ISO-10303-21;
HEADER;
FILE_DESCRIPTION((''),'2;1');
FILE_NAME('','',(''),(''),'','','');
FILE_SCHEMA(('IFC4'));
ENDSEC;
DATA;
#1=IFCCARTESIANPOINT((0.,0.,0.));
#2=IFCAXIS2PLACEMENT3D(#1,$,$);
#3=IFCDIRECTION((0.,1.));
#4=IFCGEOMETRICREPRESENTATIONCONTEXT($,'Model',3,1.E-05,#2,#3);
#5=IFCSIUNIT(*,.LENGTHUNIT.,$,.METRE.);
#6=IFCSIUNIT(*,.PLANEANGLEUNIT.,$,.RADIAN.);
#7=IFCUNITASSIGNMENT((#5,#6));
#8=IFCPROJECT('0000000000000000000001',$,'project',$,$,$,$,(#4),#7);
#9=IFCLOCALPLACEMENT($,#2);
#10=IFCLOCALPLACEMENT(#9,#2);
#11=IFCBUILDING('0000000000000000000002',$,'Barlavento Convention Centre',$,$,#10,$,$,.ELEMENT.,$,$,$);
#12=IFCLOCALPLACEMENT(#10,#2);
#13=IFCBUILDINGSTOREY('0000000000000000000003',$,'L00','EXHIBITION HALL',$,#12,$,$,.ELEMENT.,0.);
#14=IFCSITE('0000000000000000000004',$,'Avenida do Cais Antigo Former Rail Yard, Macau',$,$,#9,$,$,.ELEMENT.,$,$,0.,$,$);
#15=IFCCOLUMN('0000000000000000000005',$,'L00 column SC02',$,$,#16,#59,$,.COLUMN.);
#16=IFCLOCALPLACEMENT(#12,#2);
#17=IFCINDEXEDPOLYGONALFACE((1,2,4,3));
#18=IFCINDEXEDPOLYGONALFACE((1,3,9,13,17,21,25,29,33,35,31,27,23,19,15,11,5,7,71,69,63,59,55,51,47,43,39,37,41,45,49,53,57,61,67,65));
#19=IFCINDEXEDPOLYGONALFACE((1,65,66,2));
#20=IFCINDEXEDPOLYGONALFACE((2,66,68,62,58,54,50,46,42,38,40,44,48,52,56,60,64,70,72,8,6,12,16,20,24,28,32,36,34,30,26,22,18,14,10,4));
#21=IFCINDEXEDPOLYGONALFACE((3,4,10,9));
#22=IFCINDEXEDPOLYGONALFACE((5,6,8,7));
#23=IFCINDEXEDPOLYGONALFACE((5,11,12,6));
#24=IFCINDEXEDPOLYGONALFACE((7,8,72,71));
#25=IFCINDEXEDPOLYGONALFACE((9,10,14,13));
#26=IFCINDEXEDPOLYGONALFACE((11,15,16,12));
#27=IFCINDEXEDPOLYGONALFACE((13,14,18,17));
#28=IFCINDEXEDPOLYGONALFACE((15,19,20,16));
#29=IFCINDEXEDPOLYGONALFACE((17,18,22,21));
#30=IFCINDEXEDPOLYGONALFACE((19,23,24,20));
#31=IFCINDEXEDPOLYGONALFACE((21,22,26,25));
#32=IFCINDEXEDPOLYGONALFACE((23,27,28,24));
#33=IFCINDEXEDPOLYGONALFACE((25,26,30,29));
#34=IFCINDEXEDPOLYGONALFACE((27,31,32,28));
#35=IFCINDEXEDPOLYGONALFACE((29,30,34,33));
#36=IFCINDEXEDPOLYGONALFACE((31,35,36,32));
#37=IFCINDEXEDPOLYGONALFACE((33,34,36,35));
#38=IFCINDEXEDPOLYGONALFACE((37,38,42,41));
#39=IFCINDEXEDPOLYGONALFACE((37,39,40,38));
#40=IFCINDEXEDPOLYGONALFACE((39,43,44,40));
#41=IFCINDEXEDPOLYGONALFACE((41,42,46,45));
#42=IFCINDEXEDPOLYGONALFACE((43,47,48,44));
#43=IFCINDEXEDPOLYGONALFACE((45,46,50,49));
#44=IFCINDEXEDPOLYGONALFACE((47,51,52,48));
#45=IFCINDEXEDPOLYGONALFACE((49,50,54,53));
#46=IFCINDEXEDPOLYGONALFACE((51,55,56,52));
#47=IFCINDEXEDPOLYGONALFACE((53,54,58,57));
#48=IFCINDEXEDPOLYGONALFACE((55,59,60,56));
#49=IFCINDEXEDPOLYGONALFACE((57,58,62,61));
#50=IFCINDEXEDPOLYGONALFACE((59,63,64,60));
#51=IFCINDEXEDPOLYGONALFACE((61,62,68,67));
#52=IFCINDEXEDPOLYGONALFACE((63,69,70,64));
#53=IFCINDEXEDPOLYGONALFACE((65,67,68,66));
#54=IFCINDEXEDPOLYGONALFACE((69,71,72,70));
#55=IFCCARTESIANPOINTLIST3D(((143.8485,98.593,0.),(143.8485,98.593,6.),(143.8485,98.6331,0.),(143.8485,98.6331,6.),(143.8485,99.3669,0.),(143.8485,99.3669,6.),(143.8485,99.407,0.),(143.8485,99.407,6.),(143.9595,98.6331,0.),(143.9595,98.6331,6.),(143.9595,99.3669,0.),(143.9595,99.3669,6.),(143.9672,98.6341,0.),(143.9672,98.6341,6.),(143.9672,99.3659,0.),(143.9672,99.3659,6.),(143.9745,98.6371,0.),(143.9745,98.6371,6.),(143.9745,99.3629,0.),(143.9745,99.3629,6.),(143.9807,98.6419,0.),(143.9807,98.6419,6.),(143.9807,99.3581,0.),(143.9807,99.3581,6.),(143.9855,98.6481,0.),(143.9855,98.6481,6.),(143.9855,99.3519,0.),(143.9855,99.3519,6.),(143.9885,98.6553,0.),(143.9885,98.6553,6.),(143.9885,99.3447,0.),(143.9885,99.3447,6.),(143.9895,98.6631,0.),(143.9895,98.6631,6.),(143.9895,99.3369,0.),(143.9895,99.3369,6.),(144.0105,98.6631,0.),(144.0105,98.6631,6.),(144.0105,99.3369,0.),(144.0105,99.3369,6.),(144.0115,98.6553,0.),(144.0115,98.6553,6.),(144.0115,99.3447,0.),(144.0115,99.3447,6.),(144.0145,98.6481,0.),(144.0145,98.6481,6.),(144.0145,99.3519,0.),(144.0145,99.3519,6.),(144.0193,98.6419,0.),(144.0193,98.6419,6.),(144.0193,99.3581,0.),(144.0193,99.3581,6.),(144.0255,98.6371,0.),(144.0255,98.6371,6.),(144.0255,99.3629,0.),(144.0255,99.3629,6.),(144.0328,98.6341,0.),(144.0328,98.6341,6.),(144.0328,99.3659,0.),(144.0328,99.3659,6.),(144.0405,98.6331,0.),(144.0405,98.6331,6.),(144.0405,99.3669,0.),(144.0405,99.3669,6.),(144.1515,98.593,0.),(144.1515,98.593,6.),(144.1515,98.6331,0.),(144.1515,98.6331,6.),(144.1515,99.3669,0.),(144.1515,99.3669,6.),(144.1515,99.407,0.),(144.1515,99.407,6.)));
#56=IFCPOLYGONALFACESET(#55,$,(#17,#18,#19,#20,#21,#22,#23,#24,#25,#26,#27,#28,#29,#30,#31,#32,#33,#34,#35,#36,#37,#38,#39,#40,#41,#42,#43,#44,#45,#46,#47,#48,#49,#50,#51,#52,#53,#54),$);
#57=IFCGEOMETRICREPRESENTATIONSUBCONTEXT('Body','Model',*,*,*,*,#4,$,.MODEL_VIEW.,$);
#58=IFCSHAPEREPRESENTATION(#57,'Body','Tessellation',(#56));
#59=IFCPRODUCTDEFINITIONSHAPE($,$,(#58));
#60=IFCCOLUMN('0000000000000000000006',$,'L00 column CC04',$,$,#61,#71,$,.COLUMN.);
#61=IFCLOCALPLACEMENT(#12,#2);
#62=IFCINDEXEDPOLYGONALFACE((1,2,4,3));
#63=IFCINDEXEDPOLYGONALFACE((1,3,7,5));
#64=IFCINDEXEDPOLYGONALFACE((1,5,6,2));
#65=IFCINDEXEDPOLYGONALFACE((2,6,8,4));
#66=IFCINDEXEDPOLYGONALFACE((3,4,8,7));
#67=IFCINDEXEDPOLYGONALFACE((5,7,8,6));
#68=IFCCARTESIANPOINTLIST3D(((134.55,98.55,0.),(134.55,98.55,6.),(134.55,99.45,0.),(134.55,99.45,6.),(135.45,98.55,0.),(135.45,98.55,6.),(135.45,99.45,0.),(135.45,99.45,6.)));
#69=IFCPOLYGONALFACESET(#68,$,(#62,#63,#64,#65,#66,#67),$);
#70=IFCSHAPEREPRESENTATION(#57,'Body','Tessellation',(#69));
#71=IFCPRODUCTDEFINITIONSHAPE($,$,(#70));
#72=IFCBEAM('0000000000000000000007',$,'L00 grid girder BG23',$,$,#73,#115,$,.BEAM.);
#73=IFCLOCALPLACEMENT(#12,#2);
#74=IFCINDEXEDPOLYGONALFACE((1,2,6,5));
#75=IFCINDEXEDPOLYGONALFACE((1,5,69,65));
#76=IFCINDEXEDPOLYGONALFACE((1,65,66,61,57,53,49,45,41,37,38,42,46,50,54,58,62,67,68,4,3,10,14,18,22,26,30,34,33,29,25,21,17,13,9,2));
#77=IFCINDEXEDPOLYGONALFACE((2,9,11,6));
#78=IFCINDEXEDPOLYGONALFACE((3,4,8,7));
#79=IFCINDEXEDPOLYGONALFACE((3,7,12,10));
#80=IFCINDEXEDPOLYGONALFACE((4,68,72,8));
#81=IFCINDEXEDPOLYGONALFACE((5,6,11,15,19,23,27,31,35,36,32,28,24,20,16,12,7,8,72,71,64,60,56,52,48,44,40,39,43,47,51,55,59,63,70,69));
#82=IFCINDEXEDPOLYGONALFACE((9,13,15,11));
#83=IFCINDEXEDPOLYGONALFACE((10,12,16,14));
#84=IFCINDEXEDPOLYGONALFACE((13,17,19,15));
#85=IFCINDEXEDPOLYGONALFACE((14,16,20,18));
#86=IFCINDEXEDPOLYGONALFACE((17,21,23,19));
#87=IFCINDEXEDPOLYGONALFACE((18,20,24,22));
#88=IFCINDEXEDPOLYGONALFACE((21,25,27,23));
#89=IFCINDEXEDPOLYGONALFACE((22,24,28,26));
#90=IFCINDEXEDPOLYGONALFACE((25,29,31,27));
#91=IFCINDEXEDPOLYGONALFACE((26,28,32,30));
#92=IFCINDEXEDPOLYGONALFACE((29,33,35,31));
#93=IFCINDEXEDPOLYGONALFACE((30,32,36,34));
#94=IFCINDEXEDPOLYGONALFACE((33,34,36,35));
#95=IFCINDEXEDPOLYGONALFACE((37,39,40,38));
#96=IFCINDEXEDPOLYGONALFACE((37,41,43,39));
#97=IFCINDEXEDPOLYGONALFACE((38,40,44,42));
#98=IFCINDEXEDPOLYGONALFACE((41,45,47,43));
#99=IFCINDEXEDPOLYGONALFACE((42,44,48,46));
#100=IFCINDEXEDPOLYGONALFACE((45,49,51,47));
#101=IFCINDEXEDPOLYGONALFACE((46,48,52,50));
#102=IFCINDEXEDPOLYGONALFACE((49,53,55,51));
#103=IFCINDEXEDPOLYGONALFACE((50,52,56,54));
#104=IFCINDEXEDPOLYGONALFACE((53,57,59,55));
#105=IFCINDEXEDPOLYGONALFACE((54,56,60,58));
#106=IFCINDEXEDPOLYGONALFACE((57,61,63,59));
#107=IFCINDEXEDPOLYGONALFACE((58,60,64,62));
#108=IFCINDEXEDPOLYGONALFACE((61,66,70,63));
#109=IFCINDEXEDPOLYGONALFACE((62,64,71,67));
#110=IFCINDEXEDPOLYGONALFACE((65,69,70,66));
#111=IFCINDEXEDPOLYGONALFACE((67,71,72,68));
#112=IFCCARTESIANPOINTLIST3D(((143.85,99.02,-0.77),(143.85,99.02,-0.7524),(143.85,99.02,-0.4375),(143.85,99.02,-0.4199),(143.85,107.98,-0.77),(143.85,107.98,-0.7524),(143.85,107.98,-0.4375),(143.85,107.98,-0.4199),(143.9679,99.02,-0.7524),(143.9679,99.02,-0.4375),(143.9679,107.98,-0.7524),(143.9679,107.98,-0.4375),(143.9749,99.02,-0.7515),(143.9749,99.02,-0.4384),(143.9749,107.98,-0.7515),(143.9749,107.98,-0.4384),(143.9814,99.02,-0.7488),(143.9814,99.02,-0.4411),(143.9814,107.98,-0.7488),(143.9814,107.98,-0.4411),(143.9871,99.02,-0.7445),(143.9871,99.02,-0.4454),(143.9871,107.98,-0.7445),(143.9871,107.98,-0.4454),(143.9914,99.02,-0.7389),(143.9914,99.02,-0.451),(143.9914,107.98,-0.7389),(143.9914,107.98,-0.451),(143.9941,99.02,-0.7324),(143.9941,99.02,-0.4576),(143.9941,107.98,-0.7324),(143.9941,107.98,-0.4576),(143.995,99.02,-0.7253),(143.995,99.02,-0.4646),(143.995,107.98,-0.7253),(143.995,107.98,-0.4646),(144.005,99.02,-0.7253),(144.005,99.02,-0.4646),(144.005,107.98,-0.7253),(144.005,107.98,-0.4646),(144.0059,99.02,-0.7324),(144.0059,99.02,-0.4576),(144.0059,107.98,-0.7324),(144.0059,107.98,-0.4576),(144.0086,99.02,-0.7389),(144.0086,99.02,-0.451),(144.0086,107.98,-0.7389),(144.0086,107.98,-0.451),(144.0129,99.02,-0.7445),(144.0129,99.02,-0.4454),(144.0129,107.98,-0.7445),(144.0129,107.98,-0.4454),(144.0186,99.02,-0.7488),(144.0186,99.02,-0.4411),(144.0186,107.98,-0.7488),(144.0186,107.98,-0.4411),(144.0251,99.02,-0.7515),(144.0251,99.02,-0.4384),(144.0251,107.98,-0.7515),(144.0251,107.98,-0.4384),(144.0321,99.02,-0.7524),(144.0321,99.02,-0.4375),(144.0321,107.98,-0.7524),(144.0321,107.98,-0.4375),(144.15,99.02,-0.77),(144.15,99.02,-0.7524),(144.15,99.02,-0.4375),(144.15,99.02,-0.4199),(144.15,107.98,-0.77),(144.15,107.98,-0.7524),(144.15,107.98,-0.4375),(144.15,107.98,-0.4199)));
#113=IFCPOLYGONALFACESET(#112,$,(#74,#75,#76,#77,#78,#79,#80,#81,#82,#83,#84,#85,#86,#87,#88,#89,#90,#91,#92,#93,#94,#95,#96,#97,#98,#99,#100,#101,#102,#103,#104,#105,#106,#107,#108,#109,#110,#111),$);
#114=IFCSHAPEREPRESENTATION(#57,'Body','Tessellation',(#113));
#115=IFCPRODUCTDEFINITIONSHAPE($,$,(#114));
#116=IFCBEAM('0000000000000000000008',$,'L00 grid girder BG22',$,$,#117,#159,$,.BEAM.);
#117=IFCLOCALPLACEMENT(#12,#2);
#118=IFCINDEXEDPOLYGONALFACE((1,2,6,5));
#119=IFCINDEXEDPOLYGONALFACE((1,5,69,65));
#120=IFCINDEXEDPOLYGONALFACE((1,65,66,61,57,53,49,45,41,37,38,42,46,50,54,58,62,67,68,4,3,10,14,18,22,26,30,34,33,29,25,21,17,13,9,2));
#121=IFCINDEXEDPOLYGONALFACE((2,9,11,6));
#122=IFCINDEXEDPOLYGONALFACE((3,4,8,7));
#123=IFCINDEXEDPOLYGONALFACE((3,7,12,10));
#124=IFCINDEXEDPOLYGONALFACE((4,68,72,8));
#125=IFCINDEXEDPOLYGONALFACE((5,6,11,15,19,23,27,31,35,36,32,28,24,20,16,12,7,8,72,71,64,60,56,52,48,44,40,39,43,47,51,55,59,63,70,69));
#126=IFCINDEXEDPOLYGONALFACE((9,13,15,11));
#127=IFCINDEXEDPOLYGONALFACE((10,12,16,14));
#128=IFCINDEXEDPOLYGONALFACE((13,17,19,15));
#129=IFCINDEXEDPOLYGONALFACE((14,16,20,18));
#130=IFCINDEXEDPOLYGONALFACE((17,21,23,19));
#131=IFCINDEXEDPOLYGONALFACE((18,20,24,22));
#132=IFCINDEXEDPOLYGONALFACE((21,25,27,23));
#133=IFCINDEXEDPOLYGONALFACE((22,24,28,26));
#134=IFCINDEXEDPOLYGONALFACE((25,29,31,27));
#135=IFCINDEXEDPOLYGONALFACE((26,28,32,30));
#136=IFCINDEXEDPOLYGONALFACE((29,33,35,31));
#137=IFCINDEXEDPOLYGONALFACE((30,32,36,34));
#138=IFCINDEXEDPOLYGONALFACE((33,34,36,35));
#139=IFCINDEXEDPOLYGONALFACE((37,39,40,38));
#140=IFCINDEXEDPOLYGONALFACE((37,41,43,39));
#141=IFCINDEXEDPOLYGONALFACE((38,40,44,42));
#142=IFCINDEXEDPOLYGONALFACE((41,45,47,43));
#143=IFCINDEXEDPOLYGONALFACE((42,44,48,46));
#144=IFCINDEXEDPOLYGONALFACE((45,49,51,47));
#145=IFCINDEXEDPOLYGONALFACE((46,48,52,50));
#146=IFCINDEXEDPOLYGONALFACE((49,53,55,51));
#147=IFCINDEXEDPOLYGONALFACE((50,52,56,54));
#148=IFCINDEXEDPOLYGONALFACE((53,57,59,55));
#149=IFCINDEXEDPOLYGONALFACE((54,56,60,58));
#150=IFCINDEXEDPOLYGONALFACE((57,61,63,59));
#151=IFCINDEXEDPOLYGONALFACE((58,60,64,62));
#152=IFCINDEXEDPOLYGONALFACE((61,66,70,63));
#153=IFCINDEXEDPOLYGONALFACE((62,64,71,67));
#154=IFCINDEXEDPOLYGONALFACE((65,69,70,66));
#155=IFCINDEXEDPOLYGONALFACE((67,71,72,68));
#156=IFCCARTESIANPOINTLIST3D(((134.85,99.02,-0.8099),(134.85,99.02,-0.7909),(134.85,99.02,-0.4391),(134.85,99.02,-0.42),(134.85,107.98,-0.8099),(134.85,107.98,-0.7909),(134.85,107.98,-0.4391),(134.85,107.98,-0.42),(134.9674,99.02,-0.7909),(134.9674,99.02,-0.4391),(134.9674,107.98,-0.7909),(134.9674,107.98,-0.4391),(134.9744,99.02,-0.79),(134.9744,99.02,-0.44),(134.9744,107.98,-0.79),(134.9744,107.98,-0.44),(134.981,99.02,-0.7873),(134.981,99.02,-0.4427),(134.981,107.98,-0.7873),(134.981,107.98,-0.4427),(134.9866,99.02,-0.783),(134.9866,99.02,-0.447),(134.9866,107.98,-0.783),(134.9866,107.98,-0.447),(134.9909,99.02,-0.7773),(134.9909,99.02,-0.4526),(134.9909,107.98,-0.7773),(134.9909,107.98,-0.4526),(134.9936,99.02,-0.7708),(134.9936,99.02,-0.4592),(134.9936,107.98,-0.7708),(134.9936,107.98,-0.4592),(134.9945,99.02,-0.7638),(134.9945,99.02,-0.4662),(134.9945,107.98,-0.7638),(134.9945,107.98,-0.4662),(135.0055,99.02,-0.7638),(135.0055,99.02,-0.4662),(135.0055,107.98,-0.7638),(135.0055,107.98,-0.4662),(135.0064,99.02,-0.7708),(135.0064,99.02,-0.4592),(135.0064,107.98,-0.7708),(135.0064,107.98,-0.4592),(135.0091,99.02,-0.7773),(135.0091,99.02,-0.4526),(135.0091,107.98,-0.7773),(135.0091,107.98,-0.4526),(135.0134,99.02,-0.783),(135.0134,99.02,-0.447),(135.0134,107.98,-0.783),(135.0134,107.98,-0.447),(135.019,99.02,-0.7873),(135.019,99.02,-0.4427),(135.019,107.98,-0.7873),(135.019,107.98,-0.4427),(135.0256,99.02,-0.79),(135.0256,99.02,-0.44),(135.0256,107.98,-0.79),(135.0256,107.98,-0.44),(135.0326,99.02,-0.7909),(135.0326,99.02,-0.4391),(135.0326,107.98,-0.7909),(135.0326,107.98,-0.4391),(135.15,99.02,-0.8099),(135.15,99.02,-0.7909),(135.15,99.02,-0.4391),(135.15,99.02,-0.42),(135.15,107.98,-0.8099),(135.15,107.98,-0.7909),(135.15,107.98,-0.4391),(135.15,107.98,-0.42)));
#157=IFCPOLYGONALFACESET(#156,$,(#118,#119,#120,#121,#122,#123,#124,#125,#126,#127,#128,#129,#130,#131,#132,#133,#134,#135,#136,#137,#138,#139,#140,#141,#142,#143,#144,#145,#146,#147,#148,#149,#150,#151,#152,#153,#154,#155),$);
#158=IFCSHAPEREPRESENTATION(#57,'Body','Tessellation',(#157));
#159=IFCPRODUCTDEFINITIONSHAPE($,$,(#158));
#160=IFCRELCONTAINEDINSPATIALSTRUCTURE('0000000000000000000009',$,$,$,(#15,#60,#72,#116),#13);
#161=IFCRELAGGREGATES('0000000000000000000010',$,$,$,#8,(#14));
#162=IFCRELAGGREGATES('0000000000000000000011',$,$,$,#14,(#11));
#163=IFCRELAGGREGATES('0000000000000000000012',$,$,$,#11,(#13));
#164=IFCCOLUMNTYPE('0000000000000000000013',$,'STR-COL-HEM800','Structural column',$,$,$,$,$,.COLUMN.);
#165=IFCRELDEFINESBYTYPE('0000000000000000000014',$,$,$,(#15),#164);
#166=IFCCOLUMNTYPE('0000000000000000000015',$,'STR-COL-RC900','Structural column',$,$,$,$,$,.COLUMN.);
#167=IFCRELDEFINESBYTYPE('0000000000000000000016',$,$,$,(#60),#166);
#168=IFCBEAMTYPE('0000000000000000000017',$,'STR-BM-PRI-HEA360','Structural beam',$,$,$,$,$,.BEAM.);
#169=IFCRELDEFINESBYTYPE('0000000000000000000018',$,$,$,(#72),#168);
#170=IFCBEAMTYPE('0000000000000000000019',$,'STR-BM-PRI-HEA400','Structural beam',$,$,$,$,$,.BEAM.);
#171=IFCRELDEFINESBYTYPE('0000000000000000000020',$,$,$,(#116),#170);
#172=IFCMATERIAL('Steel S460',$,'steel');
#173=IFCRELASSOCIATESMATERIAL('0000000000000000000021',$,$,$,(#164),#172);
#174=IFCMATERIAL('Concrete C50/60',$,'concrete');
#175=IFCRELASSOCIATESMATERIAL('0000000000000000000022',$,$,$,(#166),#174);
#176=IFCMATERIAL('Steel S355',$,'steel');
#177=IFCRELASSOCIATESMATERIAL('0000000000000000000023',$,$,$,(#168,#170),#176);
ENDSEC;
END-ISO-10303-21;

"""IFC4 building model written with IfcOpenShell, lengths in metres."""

from ifc_helpers import new_model, si_unit, direction, frame, origin, origin_2d, place, context, subcontext, project, spatial, rectangle, i_section, extrude, material, material_profile, profile_set, type_object, element, save


model = new_model("IFC4")

# Units and contexts
model_context = context("Model", 3, precision=1e-05, world=origin(), true_north=direction((0.0, 1.0)))
body_context = subcontext(model_context, "Body", "Model", "MODEL_VIEW")
ifc_project = project(units=[si_unit("LENGTHUNIT", "METRE"), si_unit("PLANEANGLEUNIT", "RADIAN")], contexts=[model_context])

# Site, building, storey
site_placement = place(None, origin())
site = spatial("IfcSite", under=ifc_project, at=site_placement, Name="Avenida do Cais Antigo Former Rail Yard, Macau", CompositionType="ELEMENT", RefElevation=0.0)
building_placement = place(site_placement, origin())
building = spatial("IfcBuilding", under=site, at=building_placement, Name="Barlavento Convention Centre", CompositionType="ELEMENT")
storey_placement = place(building_placement, origin())
storey = spatial("IfcBuildingStorey", under=building, at=storey_placement, Name="L00", Description="EXHIBITION HALL", CompositionType="ELEMENT", Elevation=0.0)

# Columns
ifc_material_1 = material(Name="Steel S460", Category="steel")
ifc_material_profile_1 = material_profile(ifc_material_1, i_section(OverallWidth=0.303, OverallDepth=0.814, WebThickness=0.021, FlangeThickness=0.04, FilletRadius=0.03, at=origin_2d()), Name="HEM 800")
ifc_profile_set_1 = profile_set([ifc_material_profile_1], Name="Steel S460")
column_type_1 = type_object("IfcColumnType", Name="STR-COL-HEM800", Description="Structural column", PredefinedType="COLUMN", material=ifc_profile_set_1)
column_1_placement = place(storey_placement, frame((144.0, 99.0, 0.0), z_axis=(0.0, 0.0, 1.0), x_axis=(1.0, 0.0, 0.0)))
element("IfcColumn", 1, at=column_1_placement, inside=storey, type_object=column_type_1, Name="L00 column SC02", PredefinedType="COLUMN", context=body_context, shape_type="SweptSolid", body=[
    extrude(i_section(OverallWidth=0.303, OverallDepth=0.814, WebThickness=0.021, FlangeThickness=0.04, FilletRadius=0.03, at=origin_2d()), origin(), (0.0, 0.0, 1.0), 6.0),
])
ifc_material_2 = material(Name="Concrete C50/60", Category="concrete")
ifc_material_profile_2 = material_profile(ifc_material_2, rectangle(XDim=0.8999, YDim=0.8999, at=origin_2d()), Name="RC 900x900")
ifc_profile_set_2 = profile_set([ifc_material_profile_2], Name="Concrete C50/60")
column_type_2 = type_object("IfcColumnType", Name="STR-COL-RC900", Description="Structural column", PredefinedType="COLUMN", material=ifc_profile_set_2)
column_2_placement = place(storey_placement, frame((135.0, 99.0, 0.0), z_axis=(0.0, 0.0, 1.0), x_axis=(1.0, 0.0, 0.0)))
element("IfcColumn", 2, at=column_2_placement, inside=storey, type_object=column_type_2, Name="L00 column CC04", PredefinedType="COLUMN", context=body_context, shape_type="SweptSolid", body=[
    extrude(rectangle(XDim=0.8999, YDim=0.8999, at=origin_2d()), origin(), (0.0, 0.0, 1.0), 6.0),
])

# Beams
ifc_material_3 = material(Name="Steel S355", Category="steel")
ifc_material_profile_3 = material_profile(ifc_material_3, i_section(OverallWidth=0.3, OverallDepth=0.3501, WebThickness=0.01, FlangeThickness=0.0176, FilletRadius=0.0271, at=origin_2d()), Name="HEA 360")
ifc_profile_set_3 = profile_set([ifc_material_profile_3], Name="Steel S355")
beam_type_1 = type_object("IfcBeamType", Name="STR-BM-PRI-HEA360", Description="Structural beam", PredefinedType="BEAM", material=ifc_profile_set_3)
beam_1_placement = place(storey_placement, frame((144.0, 99.02, -0.595), z_axis=(0.0, 1.0, 0.0), x_axis=(-1.0, 0.0, 0.0)))
element("IfcBeam", 3, at=beam_1_placement, inside=storey, type_object=beam_type_1, Name="L00 grid girder BG23", PredefinedType="BEAM", context=body_context, shape_type="SweptSolid", body=[
    extrude(i_section(OverallWidth=0.3, OverallDepth=0.3501, WebThickness=0.01, FlangeThickness=0.0176, FilletRadius=0.0271, at=origin_2d()), origin(), (0.0, 0.0, 1.0), 8.96),
])
ifc_material_profile_4 = material_profile(ifc_material_3, i_section(OverallWidth=0.3, OverallDepth=0.3899, WebThickness=0.011, FlangeThickness=0.019, FilletRadius=0.0271, at=origin_2d()), Name="HEA 400")
ifc_profile_set_4 = profile_set([ifc_material_profile_4], Name="Steel S355")
beam_type_2 = type_object("IfcBeamType", Name="STR-BM-PRI-HEA400", Description="Structural beam", PredefinedType="BEAM", material=ifc_profile_set_4)
beam_2_placement = place(storey_placement, frame((135.0, 99.02, -0.615), z_axis=(0.0, 1.0, 0.0), x_axis=(-1.0, 0.0, 0.0)))
element("IfcBeam", 4, at=beam_2_placement, inside=storey, type_object=beam_type_2, Name="L00 grid girder BG22", PredefinedType="BEAM", context=body_context, shape_type="SweptSolid", body=[
    extrude(i_section(OverallWidth=0.3, OverallDepth=0.3899, WebThickness=0.011, FlangeThickness=0.019, FilletRadius=0.0271, at=origin_2d()), origin(), (0.0, 0.0, 1.0), 8.96),
])

save(model, "model.ifc")
